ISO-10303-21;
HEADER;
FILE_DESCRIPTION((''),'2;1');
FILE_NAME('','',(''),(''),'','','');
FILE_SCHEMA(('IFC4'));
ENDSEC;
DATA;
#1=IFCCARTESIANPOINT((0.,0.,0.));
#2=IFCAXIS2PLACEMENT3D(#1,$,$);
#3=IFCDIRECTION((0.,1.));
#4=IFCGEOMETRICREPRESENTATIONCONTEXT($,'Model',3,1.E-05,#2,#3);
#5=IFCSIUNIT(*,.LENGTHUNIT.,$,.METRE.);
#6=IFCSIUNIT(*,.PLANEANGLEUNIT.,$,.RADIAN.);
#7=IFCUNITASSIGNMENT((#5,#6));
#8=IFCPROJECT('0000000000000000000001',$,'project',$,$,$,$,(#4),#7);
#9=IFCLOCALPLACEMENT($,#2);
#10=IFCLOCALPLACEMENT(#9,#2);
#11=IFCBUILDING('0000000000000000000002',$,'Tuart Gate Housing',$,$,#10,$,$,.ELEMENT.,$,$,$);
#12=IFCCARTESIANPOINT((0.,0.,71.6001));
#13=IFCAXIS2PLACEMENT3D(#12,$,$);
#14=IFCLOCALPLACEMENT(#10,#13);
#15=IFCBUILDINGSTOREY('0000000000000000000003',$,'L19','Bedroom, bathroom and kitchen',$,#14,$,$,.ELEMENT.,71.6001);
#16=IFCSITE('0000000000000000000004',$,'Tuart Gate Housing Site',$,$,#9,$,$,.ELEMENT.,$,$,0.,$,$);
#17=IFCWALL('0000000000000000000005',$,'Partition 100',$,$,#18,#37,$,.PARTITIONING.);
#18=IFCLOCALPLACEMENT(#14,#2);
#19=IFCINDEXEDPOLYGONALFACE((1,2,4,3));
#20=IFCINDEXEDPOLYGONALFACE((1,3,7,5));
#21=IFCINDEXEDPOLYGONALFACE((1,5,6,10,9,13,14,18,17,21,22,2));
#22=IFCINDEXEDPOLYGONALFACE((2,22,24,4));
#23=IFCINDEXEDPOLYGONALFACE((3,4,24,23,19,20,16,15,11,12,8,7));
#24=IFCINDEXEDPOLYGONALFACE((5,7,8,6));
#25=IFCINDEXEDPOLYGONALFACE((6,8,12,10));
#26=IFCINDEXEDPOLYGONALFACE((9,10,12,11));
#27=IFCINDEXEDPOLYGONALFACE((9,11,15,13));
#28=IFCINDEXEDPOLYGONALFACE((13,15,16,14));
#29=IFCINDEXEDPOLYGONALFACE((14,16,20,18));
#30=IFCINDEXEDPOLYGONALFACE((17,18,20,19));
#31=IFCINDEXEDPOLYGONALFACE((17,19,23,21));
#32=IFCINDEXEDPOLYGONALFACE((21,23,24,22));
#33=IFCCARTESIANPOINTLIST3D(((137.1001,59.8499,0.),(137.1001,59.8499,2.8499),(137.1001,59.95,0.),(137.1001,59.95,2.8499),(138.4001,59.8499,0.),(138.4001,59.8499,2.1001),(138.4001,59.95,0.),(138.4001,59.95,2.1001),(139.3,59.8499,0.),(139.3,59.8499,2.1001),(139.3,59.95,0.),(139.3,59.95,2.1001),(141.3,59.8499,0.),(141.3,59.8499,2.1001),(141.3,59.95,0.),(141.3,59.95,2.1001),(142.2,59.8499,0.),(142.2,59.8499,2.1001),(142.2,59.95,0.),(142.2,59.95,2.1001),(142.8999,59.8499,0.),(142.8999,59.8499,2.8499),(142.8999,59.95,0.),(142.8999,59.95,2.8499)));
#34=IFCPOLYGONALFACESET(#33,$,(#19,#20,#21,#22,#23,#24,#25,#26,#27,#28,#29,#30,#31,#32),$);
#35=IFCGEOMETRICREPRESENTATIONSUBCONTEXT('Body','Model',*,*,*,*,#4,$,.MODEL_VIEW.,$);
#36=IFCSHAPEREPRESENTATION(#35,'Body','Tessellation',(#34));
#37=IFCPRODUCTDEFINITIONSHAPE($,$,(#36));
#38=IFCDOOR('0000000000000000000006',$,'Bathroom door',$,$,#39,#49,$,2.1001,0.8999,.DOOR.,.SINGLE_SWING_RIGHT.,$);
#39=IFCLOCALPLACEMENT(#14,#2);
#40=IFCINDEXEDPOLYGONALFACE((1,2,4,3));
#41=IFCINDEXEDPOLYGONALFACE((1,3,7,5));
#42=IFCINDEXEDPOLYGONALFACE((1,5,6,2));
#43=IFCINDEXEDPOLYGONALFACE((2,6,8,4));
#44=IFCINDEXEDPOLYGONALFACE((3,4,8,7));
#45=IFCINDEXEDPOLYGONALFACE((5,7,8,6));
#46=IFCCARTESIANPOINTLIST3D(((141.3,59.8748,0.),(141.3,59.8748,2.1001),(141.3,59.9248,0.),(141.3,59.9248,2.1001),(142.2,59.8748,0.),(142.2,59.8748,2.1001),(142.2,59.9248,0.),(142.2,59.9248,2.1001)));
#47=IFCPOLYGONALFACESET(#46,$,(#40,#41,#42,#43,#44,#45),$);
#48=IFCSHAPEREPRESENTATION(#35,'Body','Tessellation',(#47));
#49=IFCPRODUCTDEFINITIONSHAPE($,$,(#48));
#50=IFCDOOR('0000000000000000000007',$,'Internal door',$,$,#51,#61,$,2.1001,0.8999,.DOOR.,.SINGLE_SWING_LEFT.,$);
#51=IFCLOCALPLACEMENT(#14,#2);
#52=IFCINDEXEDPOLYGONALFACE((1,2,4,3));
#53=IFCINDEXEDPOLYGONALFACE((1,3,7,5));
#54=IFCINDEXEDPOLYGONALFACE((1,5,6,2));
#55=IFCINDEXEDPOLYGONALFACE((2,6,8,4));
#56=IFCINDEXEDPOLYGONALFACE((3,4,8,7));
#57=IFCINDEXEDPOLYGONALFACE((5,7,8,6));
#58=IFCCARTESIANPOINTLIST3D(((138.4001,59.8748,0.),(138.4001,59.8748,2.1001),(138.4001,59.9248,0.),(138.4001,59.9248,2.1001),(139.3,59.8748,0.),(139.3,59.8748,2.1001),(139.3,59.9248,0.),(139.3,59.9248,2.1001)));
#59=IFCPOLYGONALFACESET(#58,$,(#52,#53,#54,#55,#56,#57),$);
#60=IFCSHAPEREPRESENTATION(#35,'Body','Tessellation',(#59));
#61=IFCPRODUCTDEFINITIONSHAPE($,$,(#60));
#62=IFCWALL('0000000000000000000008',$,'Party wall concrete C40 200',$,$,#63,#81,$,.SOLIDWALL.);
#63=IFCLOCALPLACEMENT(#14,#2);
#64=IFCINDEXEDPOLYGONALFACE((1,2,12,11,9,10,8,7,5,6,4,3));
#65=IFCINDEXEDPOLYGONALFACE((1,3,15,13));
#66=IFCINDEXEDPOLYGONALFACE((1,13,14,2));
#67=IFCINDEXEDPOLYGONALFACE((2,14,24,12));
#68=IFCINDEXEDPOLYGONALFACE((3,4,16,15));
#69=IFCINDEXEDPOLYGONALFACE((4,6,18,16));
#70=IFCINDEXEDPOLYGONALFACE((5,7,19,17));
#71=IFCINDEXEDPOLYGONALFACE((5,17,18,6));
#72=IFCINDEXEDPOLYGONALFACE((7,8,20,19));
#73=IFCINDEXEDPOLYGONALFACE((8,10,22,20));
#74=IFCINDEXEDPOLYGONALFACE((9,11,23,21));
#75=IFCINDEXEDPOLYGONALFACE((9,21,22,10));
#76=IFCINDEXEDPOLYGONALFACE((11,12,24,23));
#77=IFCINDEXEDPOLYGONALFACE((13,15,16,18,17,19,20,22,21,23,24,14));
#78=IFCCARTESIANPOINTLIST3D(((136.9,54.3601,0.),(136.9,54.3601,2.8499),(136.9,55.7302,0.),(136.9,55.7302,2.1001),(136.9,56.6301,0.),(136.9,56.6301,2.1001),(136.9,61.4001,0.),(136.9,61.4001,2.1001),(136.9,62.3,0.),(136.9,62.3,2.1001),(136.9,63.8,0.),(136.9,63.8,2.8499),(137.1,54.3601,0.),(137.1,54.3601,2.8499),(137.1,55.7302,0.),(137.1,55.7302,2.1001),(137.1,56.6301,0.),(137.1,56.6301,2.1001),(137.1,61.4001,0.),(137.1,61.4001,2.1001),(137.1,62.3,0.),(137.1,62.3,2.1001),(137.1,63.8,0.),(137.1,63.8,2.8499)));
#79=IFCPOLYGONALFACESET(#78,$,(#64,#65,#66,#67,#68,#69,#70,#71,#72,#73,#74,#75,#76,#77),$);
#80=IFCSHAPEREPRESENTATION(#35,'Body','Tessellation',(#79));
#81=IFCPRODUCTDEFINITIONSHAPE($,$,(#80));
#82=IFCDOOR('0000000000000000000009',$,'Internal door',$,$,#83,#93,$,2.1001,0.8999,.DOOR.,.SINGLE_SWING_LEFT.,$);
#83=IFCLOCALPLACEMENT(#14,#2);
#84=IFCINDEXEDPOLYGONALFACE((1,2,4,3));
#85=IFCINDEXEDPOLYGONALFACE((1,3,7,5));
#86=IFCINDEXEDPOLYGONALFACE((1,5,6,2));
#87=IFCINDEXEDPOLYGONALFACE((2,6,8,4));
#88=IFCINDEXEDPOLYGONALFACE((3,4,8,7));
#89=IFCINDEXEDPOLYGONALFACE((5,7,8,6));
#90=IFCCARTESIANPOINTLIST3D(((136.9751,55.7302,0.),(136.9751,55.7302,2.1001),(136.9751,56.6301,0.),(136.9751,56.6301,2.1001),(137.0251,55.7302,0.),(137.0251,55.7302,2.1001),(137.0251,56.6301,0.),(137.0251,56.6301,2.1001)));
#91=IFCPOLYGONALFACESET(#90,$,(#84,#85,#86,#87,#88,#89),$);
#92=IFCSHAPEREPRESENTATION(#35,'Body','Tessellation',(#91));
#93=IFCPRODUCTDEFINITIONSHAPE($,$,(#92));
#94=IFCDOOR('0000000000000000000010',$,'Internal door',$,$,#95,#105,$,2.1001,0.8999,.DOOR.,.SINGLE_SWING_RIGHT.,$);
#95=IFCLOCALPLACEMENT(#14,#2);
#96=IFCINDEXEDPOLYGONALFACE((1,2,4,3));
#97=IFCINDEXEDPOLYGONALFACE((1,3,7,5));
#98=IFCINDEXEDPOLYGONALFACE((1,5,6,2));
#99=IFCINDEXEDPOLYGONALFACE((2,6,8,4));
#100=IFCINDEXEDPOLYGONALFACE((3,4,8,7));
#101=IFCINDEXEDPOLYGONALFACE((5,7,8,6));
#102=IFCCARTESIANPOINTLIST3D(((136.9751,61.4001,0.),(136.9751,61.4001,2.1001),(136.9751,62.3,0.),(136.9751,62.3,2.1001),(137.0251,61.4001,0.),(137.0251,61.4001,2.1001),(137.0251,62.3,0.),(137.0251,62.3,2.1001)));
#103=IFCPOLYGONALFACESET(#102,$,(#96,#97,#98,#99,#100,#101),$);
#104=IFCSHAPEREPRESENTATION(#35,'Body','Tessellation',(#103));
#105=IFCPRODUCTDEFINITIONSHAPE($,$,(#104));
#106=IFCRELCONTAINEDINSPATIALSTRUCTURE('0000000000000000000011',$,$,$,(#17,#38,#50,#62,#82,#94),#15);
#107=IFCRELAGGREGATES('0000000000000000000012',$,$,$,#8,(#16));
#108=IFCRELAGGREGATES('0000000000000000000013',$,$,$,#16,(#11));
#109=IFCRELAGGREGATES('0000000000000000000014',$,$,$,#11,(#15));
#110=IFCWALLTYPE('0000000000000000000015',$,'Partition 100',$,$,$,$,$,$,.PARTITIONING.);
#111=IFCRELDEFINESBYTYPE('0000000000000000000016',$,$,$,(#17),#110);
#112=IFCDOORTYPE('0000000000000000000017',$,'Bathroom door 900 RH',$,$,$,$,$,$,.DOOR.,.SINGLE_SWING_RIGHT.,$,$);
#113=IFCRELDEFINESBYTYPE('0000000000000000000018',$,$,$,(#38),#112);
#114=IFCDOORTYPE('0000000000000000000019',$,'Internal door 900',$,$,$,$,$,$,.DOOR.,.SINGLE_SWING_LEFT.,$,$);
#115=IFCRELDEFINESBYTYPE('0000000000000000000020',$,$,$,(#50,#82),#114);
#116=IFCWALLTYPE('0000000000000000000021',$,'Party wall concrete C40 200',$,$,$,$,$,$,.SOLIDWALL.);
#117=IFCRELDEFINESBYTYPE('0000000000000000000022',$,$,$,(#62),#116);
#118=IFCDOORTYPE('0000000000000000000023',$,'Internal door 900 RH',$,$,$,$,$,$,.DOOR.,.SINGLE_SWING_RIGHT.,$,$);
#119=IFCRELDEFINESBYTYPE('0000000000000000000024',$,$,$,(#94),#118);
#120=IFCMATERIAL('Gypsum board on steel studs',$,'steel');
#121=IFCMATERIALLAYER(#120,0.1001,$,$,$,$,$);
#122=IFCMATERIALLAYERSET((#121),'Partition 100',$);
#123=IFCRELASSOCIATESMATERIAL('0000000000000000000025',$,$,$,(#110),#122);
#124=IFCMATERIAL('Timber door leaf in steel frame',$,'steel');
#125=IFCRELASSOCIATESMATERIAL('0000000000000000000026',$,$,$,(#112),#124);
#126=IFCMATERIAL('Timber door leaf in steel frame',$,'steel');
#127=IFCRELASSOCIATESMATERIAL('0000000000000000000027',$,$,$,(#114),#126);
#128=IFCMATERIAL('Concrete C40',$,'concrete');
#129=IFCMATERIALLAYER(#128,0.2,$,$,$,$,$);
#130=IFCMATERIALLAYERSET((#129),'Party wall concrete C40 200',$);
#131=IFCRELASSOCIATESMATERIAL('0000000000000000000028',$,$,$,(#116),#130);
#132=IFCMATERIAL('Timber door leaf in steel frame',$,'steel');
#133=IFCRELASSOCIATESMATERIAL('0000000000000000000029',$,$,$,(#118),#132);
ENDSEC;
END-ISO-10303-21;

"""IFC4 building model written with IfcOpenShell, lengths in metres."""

from ifc_helpers import new_model, si_unit, direction, frame, frame_2d, origin, place, context, subcontext, project, spatial, rectangle, extrude, material, layer, layer_set, type_object, element, fill, save


model = new_model("IFC4")

# Units and contexts
model_context = context("Model", 3, precision=1e-05, world=origin(), true_north=direction((0.0, 1.0)))
body_context = subcontext(model_context, "Body", "Model", "MODEL_VIEW")
ifc_project = project(units=[si_unit("LENGTHUNIT", "METRE"), si_unit("PLANEANGLEUNIT", "RADIAN")], contexts=[model_context])

# Site, building, storey
site_placement = place(None, origin())
site = spatial("IfcSite", under=ifc_project, at=site_placement, Name="Tuart Gate Housing Site", CompositionType="ELEMENT", RefElevation=0.0)
building_placement = place(site_placement, origin())
building = spatial("IfcBuilding", under=site, at=building_placement, Name="Tuart Gate Housing", CompositionType="ELEMENT")
storey_placement = place(building_placement, frame((0.0, 0.0, 71.6001)))
storey = spatial("IfcBuildingStorey", under=building, at=storey_placement, Name="L19", Description="Bedroom, bathroom and kitchen", CompositionType="ELEMENT", Elevation=71.6001)

# Walls, openings, doors
ifc_material_1 = material(Name="Gypsum board on steel studs", Category="steel")
ifc_layer_1 = layer(ifc_material_1, 0.1001)
ifc_layer_set_1 = layer_set([ifc_layer_1], Name="Partition 100")
wall_type_1 = type_object("IfcWallType", Name="Partition 100", PredefinedType="PARTITIONING", material=ifc_layer_set_1)
wall_1_placement = place(storey_placement, frame((137.1001, 59.8999, 0.0), z_axis=(0.0, 0.0, 1.0), x_axis=(1.0, 0.0, 0.0)))
wall_1 = element("IfcWall", 1, at=wall_1_placement, inside=storey, type_object=wall_type_1, Name="Partition 100", PredefinedType="PARTITIONING", context=body_context, shape_type="SweptSolid", body=[
    extrude(rectangle(XDim=5.7998, YDim=0.1001, at=frame_2d((2.8999, 0.0))), origin(), (0.0, 0.0, 1.0), 2.8499),
])
opening_1_placement = place(wall_1_placement, frame((1.3, 0.0, 0.0)))
opening_1 = element("IfcOpeningElement", 2, at=opening_1_placement, cuts=wall_1, PredefinedType="OPENING", context=body_context, shape_type="SweptSolid", body=[
    extrude(rectangle(XDim=0.8999, YDim=2.1001, at=frame_2d((0.45, 1.05))), frame((0.0, 0.0601, 0.0), z_axis=(0.0, -1.0, 0.0), x_axis=(1.0, 0.0, 0.0)), (0.0, 0.0, 1.0), 0.1201),
])
opening_2_placement = place(wall_1_placement, frame((4.2, 0.0, 0.0)))
opening_2 = element("IfcOpeningElement", 3, at=opening_2_placement, cuts=wall_1, PredefinedType="OPENING", context=body_context, shape_type="SweptSolid", body=[
    extrude(rectangle(XDim=0.8999, YDim=2.1001, at=frame_2d((0.45, 1.05))), frame((0.0, 0.0601, 0.0), z_axis=(0.0, -1.0, 0.0), x_axis=(1.0, 0.0, 0.0)), (0.0, 0.0, 1.0), 0.1201),
])
ifc_material_2 = material(Name="Timber door leaf in steel frame", Category="steel")
door_type_1 = type_object("IfcDoorType", Name="Bathroom door 900 RH", OperationType="SINGLE_SWING_RIGHT", PredefinedType="DOOR", material=ifc_material_2)
door_1_placement = place(opening_2_placement, frame((0.8999, 0.0, 0.0), z_axis=(0.0, 0.0, 1.0), x_axis=(-1.0, 0.0, 0.0)))
door_1 = element("IfcDoor", 4, at=door_1_placement, inside=storey, type_object=door_type_1, Name="Bathroom door", OperationType="SINGLE_SWING_RIGHT", OverallHeight=2.1001, OverallWidth=0.8999, PredefinedType="DOOR", context=body_context, shape_type="SweptSolid", body=[
    extrude(rectangle(XDim=0.8999, YDim=2.1001, at=frame_2d((0.45, 1.05))), frame((0.0, 0.0251, 0.0), z_axis=(0.0, -1.0, 0.0), x_axis=(1.0, 0.0, 0.0)), (0.0, 0.0, 1.0), 0.05),
])
fill(opening_2, door_1)
ifc_material_3 = material(Name="Timber door leaf in steel frame", Category="steel")
door_type_2 = type_object("IfcDoorType", Name="Internal door 900", OperationType="SINGLE_SWING_LEFT", PredefinedType="DOOR", material=ifc_material_3)
door_2_placement = place(opening_1_placement, origin())
door_2 = element("IfcDoor", 5, at=door_2_placement, inside=storey, type_object=door_type_2, Name="Internal door", OperationType="SINGLE_SWING_LEFT", OverallHeight=2.1001, OverallWidth=0.8999, PredefinedType="DOOR", context=body_context, shape_type="SweptSolid", body=[
    extrude(rectangle(XDim=0.8999, YDim=2.1001, at=frame_2d((0.45, 1.05))), frame((0.0, 0.0249, 0.0), z_axis=(0.0, -1.0, 0.0), x_axis=(1.0, 0.0, 0.0)), (0.0, 0.0, 1.0), 0.05),
])
fill(opening_1, door_2)
ifc_material_4 = material(Name="Concrete C40", Category="concrete")
ifc_layer_2 = layer(ifc_material_4, 0.2)
ifc_layer_set_2 = layer_set([ifc_layer_2], Name="Party wall concrete C40 200")
wall_type_2 = type_object("IfcWallType", Name="Party wall concrete C40 200", PredefinedType="SOLIDWALL", material=ifc_layer_set_2)
wall_2_placement = place(storey_placement, frame((137.0, 54.3601, 0.0), z_axis=(0.0, 0.0, 1.0), x_axis=(0.0, 1.0, 0.0)))
wall_2 = element("IfcWall", 6, at=wall_2_placement, inside=storey, type_object=wall_type_2, Name="Party wall concrete C40 200", PredefinedType="SOLIDWALL", context=body_context, shape_type="SweptSolid", body=[
    extrude(rectangle(XDim=9.4399, YDim=0.2, at=frame_2d((4.72, 0.0))), origin(), (0.0, 0.0, 1.0), 2.8499),
])
opening_3_placement = place(wall_2_placement, frame((1.3701, 0.0, 0.0)))
opening_3 = element("IfcOpeningElement", 7, at=opening_3_placement, cuts=wall_2, PredefinedType="OPENING", context=body_context, shape_type="SweptSolid", body=[
    extrude(rectangle(XDim=0.8999, YDim=2.1001, at=frame_2d((0.45, 1.05))), frame((0.0, 0.1099, 0.0), z_axis=(0.0, -1.0, 0.0), x_axis=(1.0, 0.0, 0.0)), (0.0, 0.0, 1.0), 0.22),
])
opening_4_placement = place(wall_2_placement, frame((7.04, 0.0, 0.0)))
opening_4 = element("IfcOpeningElement", 8, at=opening_4_placement, cuts=wall_2, PredefinedType="OPENING", context=body_context, shape_type="SweptSolid", body=[
    extrude(rectangle(XDim=0.8999, YDim=2.1001, at=frame_2d((0.45, 1.05))), frame((0.0, 0.1099, 0.0), z_axis=(0.0, -1.0, 0.0), x_axis=(1.0, 0.0, 0.0)), (0.0, 0.0, 1.0), 0.22),
])
door_3_placement = place(opening_3_placement, origin())
door_3 = element("IfcDoor", 9, at=door_3_placement, inside=storey, type_object=door_type_2, Name="Internal door", OperationType="SINGLE_SWING_LEFT", OverallHeight=2.1001, OverallWidth=0.8999, PredefinedType="DOOR", context=body_context, shape_type="SweptSolid", body=[
    extrude(rectangle(XDim=0.8999, YDim=2.1001, at=frame_2d((0.45, 1.05))), frame((0.0, 0.0249, 0.0), z_axis=(0.0, -1.0, 0.0), x_axis=(1.0, 0.0, 0.0)), (0.0, 0.0, 1.0), 0.05),
])
fill(opening_3, door_3)
ifc_material_5 = material(Name="Timber door leaf in steel frame", Category="steel")
door_type_3 = type_object("IfcDoorType", Name="Internal door 900 RH", OperationType="SINGLE_SWING_RIGHT", PredefinedType="DOOR", material=ifc_material_5)
door_4_placement = place(opening_4_placement, origin())
door_4 = element("IfcDoor", 10, at=door_4_placement, inside=storey, type_object=door_type_3, Name="Internal door", OperationType="SINGLE_SWING_RIGHT", OverallHeight=2.1001, OverallWidth=0.8999, PredefinedType="DOOR", context=body_context, shape_type="SweptSolid", body=[
    extrude(rectangle(XDim=0.8999, YDim=2.1001, at=frame_2d((0.45, 1.05))), frame((0.0, 0.0249, 0.0), z_axis=(0.0, -1.0, 0.0), x_axis=(1.0, 0.0, 0.0)), (0.0, 0.0, 1.0), 0.05),
])
fill(opening_4, door_4)

save(model, "model.ifc")
